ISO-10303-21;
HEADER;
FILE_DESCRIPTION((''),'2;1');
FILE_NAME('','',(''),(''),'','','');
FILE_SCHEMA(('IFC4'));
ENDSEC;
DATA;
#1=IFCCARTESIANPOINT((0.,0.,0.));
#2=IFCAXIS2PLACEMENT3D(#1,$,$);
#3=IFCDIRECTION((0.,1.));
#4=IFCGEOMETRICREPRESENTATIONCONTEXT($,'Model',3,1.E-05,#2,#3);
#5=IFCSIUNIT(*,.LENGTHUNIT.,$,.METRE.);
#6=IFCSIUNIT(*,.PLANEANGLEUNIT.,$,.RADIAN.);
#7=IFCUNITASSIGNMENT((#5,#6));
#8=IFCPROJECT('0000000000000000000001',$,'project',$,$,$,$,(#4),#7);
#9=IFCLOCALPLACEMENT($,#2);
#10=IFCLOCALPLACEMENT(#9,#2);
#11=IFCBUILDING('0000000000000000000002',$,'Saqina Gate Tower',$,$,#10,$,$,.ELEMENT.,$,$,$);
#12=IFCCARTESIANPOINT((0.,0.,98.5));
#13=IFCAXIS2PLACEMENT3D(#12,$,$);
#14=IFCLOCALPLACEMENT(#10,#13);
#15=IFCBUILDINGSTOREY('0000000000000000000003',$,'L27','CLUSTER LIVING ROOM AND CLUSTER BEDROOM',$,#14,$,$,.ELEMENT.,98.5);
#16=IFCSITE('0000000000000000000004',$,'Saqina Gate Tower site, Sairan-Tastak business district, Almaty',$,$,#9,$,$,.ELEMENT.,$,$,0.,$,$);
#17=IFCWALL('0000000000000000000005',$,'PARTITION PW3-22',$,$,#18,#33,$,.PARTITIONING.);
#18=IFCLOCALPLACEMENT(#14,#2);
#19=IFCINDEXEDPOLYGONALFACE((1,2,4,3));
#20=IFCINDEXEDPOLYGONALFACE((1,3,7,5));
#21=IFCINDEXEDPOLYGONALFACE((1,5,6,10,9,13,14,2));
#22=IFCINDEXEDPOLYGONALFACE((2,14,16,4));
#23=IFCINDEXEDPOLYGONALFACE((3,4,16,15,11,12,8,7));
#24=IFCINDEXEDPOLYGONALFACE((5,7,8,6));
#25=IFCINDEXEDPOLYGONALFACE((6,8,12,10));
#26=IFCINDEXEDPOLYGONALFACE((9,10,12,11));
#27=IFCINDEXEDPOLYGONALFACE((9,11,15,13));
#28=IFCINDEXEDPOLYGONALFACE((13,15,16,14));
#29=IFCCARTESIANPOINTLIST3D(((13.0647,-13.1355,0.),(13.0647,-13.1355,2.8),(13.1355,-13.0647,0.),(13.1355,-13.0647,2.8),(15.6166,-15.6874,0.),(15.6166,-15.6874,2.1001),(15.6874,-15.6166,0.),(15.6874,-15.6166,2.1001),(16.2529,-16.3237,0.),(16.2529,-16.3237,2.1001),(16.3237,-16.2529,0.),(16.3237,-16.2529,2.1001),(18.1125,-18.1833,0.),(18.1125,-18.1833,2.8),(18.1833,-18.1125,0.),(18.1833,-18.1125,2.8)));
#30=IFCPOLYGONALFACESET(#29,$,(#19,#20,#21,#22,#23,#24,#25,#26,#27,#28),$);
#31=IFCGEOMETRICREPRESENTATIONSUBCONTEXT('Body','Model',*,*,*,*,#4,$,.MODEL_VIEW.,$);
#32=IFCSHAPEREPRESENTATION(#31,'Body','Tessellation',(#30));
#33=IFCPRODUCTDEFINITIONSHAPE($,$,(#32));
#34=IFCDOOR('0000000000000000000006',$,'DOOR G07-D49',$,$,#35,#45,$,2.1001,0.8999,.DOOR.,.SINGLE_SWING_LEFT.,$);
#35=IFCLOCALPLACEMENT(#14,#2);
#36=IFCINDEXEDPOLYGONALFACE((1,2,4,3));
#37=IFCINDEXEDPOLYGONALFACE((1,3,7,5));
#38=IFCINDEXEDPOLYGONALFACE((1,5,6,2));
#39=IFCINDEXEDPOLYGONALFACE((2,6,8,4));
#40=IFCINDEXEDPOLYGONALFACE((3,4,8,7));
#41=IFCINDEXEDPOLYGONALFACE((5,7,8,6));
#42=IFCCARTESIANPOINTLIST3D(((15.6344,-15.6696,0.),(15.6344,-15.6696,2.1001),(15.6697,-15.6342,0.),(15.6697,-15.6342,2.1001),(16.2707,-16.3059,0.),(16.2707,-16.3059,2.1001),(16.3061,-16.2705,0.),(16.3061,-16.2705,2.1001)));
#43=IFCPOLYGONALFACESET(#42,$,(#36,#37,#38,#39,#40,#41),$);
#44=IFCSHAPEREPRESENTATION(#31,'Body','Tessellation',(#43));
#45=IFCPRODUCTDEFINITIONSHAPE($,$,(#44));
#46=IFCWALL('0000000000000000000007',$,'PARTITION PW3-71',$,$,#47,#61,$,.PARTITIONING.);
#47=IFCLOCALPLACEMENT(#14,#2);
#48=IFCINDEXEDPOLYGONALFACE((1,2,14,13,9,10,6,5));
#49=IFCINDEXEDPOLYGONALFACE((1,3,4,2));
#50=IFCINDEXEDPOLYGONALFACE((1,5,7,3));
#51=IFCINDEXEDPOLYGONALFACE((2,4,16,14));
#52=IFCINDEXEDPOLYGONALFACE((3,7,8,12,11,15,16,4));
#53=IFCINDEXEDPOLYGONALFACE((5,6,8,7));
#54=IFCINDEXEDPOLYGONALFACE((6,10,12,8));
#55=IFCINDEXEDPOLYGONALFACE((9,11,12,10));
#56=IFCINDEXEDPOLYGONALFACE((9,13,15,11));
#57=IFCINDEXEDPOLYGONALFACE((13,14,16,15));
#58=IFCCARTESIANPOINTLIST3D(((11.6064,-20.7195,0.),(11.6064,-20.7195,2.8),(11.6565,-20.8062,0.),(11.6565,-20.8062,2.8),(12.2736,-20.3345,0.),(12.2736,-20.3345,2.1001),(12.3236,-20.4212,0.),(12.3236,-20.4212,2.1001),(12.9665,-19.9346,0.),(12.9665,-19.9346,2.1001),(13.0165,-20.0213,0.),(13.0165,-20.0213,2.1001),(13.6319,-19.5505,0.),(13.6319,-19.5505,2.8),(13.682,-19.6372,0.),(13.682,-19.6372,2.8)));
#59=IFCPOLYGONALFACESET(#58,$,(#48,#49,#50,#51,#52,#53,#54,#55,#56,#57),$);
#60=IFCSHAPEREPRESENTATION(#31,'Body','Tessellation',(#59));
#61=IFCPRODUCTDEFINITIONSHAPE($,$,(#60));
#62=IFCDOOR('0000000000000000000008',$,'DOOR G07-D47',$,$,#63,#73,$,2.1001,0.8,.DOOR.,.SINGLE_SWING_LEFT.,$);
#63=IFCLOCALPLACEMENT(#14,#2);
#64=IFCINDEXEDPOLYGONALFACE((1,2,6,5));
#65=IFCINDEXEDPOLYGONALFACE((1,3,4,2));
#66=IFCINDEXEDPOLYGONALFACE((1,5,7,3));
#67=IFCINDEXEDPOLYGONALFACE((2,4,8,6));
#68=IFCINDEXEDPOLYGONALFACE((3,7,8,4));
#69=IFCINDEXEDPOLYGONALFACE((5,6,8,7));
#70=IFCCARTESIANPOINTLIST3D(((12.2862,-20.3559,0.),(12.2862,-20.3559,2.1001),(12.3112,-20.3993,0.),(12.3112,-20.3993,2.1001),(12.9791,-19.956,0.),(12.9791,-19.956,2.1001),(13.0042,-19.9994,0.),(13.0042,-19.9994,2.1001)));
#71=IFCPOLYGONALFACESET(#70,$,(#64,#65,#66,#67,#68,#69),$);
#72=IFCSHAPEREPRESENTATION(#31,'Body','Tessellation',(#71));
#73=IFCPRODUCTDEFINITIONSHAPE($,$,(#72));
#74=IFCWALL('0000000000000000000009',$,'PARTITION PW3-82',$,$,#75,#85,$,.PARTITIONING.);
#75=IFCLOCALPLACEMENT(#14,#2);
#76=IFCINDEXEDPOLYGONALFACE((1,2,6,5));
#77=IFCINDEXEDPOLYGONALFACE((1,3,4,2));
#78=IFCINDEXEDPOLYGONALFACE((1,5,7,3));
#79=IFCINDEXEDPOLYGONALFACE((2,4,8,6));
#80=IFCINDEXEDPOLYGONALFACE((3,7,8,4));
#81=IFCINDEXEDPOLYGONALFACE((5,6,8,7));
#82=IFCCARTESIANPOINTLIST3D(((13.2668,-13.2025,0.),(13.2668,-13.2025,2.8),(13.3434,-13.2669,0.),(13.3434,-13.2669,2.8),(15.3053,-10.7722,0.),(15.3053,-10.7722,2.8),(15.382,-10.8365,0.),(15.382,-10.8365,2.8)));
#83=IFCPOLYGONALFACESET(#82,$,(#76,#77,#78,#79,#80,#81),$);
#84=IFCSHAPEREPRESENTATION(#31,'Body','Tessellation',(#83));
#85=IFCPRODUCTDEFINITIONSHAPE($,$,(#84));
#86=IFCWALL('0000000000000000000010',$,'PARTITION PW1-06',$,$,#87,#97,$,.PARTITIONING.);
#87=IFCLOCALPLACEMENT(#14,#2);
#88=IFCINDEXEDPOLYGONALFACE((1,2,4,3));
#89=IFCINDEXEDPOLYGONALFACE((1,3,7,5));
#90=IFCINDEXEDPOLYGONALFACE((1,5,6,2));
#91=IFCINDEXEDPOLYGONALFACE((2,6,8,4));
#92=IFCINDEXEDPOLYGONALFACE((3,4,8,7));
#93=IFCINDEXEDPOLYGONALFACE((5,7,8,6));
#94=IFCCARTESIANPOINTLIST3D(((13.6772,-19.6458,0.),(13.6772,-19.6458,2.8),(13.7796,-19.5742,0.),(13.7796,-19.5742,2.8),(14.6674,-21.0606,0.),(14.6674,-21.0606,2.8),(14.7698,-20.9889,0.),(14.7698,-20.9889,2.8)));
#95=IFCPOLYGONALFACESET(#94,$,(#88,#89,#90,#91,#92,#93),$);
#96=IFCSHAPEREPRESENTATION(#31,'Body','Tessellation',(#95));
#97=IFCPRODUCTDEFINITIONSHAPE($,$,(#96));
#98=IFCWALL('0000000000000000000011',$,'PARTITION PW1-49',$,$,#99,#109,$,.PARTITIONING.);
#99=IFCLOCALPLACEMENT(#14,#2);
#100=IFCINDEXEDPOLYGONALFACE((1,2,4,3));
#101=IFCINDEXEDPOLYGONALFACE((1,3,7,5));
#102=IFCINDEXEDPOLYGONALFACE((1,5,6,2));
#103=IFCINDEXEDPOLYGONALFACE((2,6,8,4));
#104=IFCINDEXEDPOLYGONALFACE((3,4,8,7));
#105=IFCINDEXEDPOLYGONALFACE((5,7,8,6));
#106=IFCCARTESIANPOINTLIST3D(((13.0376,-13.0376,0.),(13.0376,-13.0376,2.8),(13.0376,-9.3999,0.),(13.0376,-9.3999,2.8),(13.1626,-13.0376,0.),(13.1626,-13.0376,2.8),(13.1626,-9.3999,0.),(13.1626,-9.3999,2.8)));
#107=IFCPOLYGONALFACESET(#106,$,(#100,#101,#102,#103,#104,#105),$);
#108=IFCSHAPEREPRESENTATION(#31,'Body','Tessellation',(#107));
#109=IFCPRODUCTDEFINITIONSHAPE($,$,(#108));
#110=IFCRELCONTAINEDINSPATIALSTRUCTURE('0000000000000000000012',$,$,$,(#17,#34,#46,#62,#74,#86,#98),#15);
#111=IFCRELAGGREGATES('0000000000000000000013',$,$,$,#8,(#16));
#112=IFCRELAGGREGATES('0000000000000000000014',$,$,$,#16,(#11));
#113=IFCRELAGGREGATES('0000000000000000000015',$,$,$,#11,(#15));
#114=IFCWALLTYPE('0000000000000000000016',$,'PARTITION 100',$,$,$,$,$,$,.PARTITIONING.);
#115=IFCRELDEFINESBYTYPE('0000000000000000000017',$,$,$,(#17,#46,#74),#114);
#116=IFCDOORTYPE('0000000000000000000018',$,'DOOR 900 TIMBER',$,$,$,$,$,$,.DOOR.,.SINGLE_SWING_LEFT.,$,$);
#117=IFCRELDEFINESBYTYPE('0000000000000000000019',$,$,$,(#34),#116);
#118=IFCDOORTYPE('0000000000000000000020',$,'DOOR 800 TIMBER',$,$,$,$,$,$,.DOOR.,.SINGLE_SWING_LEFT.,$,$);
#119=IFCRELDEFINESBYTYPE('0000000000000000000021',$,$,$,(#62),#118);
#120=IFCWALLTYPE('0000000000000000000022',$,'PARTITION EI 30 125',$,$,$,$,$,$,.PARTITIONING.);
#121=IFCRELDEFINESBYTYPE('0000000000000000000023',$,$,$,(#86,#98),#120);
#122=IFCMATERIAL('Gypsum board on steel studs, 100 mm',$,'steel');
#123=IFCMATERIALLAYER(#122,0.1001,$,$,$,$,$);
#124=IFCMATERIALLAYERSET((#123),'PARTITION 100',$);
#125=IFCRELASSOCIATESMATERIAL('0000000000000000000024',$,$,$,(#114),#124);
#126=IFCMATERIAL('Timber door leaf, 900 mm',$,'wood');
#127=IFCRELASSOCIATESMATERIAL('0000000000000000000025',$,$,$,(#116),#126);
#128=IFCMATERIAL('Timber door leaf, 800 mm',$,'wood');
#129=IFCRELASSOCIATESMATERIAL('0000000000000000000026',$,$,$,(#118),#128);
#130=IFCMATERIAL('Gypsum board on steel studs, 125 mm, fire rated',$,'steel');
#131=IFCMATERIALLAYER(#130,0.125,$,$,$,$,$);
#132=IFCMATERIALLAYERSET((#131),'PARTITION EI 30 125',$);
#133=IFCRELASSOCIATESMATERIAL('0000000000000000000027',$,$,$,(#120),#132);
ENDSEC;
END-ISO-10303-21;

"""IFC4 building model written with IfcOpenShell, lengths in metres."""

from ifc_helpers import new_model, si_unit, direction, frame, frame_2d, origin, place, context, subcontext, project, spatial, rectangle, extrude, material, layer, layer_set, type_object, element, fill, save


model = new_model("IFC4")

# Units and contexts
model_context = context("Model", 3, precision=1e-05, world=origin(), true_north=direction((0.0, 1.0)))
body_context = subcontext(model_context, "Body", "Model", "MODEL_VIEW")
ifc_project = project(units=[si_unit("LENGTHUNIT", "METRE"), si_unit("PLANEANGLEUNIT", "RADIAN")], contexts=[model_context])

# Site, building, storey
site_placement = place(None, origin())
site = spatial("IfcSite", under=ifc_project, at=site_placement, Name="Saqina Gate Tower site, Sairan-Tastak business district, Almaty", CompositionType="ELEMENT", RefElevation=0.0)
building_placement = place(site_placement, origin())
building = spatial("IfcBuilding", under=site, at=building_placement, Name="Saqina Gate Tower", CompositionType="ELEMENT")
storey_placement = place(building_placement, frame((0.0, 0.0, 98.5)))
storey = spatial("IfcBuildingStorey", under=building, at=storey_placement, Name="L27", Description="CLUSTER LIVING ROOM AND CLUSTER BEDROOM", CompositionType="ELEMENT", Elevation=98.5)

# Shared definitions
ifc_material_1 = material(Name="Gypsum board on steel studs, 100 mm", Category="steel")
ifc_layer_1 = layer(ifc_material_1, 0.1001)
ifc_layer_set_1 = layer_set([ifc_layer_1], Name="PARTITION 100")
wall_type_1 = type_object("IfcWallType", Name="PARTITION 100", PredefinedType="PARTITIONING", material=ifc_layer_set_1)

# Walls, openings, doors
wall_1_placement = place(storey_placement, frame((13.1001, -13.1001, 0.0), z_axis=(0.0, 0.0, 1.0), x_axis=(0.707107, -0.707107, 0.0)))
wall_1 = element("IfcWall", 1, at=wall_1_placement, inside=storey, type_object=wall_type_1, Name="PARTITION PW3-22", PredefinedType="PARTITIONING", context=body_context, shape_type="SweptSolid", body=[
    extrude(rectangle(XDim=7.1387, YDim=0.1001, at=frame_2d((3.5693, 0.0))), origin(), (0.0, 0.0, 1.0), 2.8),
])
opening_1_placement = place(wall_1_placement, frame((3.6089, 0.0, 0.0)))
opening_1 = element("IfcOpeningElement", 2, at=opening_1_placement, cuts=wall_1, PredefinedType="OPENING", context=body_context, shape_type="SweptSolid", body=[
    extrude(rectangle(XDim=0.8999, YDim=2.1001, at=frame_2d((0.45, 1.05))), frame((0.0, 0.062, 0.0), z_axis=(0.0, -1.0, 0.0), x_axis=(1.0, 0.0, 0.0)), (0.0, 0.0, 1.0), 0.124),
])
ifc_material_2 = material(Name="Timber door leaf, 900 mm", Category="wood")
door_type_1 = type_object("IfcDoorType", Name="DOOR 900 TIMBER", OperationType="SINGLE_SWING_LEFT", PredefinedType="DOOR", material=ifc_material_2)
door_1_placement = place(opening_1_placement, frame((0.8999, 0.0, 0.0), z_axis=(0.0, 0.0, 1.0), x_axis=(-1.0, 0.0, 0.0)))
door_1 = element("IfcDoor", 3, at=door_1_placement, inside=storey, type_object=door_type_1, Name="DOOR G07-D49", OperationType="SINGLE_SWING_LEFT", OverallHeight=2.1001, OverallWidth=0.8999, PredefinedType="DOOR", context=body_context, shape_type="SweptSolid", body=[
    extrude(rectangle(XDim=0.8999, YDim=2.1001, at=frame_2d((0.45, 1.05))), frame((0.0, 0.0249, 0.0), z_axis=(0.0, -1.0, 0.0), x_axis=(1.0, 0.0, 0.0)), (0.0, 0.0, 1.0), 0.05),
])
fill(opening_1, door_1)
wall_2_placement = place(storey_placement, frame((11.6313, -20.7629, 0.0), z_axis=(0.0, 0.0, 1.0), x_axis=(0.866102, 0.499867, 0.0)))
wall_2 = element("IfcWall", 4, at=wall_2_placement, inside=storey, type_object=wall_type_1, Name="PARTITION PW3-71", PredefinedType="PARTITIONING", context=body_context, shape_type="SweptSolid", body=[
    extrude(rectangle(XDim=2.3386, YDim=0.1001, at=frame_2d((1.1694, 0.0))), origin(), (0.0, 0.0, 1.0), 2.8),
])
opening_2_placement = place(wall_2_placement, frame((0.7705, 0.0, 0.0)))
opening_2 = element("IfcOpeningElement", 5, at=opening_2_placement, cuts=wall_2, PredefinedType="OPENING", context=body_context, shape_type="SweptSolid", body=[
    extrude(rectangle(XDim=0.8, YDim=2.1001, at=frame_2d((0.3999, 1.05))), frame((0.0, 0.062, 0.0), z_axis=(0.0, -1.0, 0.0), x_axis=(1.0, 0.0, 0.0)), (0.0, 0.0, 1.0), 0.124),
])
ifc_material_3 = material(Name="Timber door leaf, 800 mm", Category="wood")
door_type_2 = type_object("IfcDoorType", Name="DOOR 800 TIMBER", OperationType="SINGLE_SWING_LEFT", PredefinedType="DOOR", material=ifc_material_3)
door_2_placement = place(opening_2_placement, frame((0.8, 0.0, 0.0), z_axis=(0.0, 0.0, 1.0), x_axis=(-1.0, 0.0, 0.0)))
door_2 = element("IfcDoor", 6, at=door_2_placement, inside=storey, type_object=door_type_2, Name="DOOR G07-D47", OperationType="SINGLE_SWING_LEFT", OverallHeight=2.1001, OverallWidth=0.8, PredefinedType="DOOR", context=body_context, shape_type="SweptSolid", body=[
    extrude(rectangle(XDim=0.8, YDim=2.1001, at=frame_2d((0.3999, 1.05))), frame((0.0, 0.0249, 0.0), z_axis=(0.0, -1.0, 0.0), x_axis=(1.0, 0.0, 0.0)), (0.0, 0.0, 1.0), 0.05),
])
fill(opening_2, door_2)

# Walls
wall_3_placement = place(storey_placement, frame((13.3052, -13.2346, 0.0), z_axis=(0.0, 0.0, 1.0), x_axis=(0.642641, 0.766167, 0.0)))
element("IfcWall", 7, at=wall_3_placement, inside=storey, type_object=wall_type_1, Name="PARTITION PW3-82", PredefinedType="PARTITIONING", context=body_context, shape_type="SweptSolid", body=[
    extrude(rectangle(XDim=3.1721, YDim=0.1001, at=frame_2d((1.5859, 0.0))), origin(), (0.0, 0.0, 1.0), 2.8),
])
ifc_material_4 = material(Name="Gypsum board on steel studs, 125 mm, fire rated", Category="steel")
ifc_layer_2 = layer(ifc_material_4, 0.125)
ifc_layer_set_2 = layer_set([ifc_layer_2], Name="PARTITION EI 30 125")
wall_type_2 = type_object("IfcWallType", Name="PARTITION EI 30 125", PredefinedType="PARTITIONING", material=ifc_layer_set_2)
wall_4_placement = place(storey_placement, frame((13.7285, -19.6101, 0.0), z_axis=(0.0, 0.0, 1.0), x_axis=(0.573415, -0.819265, 0.0)))
element("IfcWall", 8, at=wall_4_placement, inside=storey, type_object=wall_type_2, Name="PARTITION PW1-06", PredefinedType="PARTITIONING", context=body_context, shape_type="SweptSolid", body=[
    extrude(rectangle(XDim=1.7268, YDim=0.125, at=frame_2d((0.8633, 0.0))), origin(), (0.0, 0.0, 1.0), 2.8),
])
wall_5_placement = place(storey_placement, frame((13.1001, -13.0376, 0.0), z_axis=(0.0, 0.0, 1.0), x_axis=(0.0, 1.0, 0.0)))
element("IfcWall", 9, at=wall_5_placement, inside=storey, type_object=wall_type_2, Name="PARTITION PW1-49", PredefinedType="PARTITIONING", context=body_context, shape_type="SweptSolid", body=[
    extrude(rectangle(XDim=3.6377, YDim=0.125, at=frame_2d((1.8188, 0.0))), origin(), (0.0, 0.0, 1.0), 2.8),
])

save(model, "model.ifc")
